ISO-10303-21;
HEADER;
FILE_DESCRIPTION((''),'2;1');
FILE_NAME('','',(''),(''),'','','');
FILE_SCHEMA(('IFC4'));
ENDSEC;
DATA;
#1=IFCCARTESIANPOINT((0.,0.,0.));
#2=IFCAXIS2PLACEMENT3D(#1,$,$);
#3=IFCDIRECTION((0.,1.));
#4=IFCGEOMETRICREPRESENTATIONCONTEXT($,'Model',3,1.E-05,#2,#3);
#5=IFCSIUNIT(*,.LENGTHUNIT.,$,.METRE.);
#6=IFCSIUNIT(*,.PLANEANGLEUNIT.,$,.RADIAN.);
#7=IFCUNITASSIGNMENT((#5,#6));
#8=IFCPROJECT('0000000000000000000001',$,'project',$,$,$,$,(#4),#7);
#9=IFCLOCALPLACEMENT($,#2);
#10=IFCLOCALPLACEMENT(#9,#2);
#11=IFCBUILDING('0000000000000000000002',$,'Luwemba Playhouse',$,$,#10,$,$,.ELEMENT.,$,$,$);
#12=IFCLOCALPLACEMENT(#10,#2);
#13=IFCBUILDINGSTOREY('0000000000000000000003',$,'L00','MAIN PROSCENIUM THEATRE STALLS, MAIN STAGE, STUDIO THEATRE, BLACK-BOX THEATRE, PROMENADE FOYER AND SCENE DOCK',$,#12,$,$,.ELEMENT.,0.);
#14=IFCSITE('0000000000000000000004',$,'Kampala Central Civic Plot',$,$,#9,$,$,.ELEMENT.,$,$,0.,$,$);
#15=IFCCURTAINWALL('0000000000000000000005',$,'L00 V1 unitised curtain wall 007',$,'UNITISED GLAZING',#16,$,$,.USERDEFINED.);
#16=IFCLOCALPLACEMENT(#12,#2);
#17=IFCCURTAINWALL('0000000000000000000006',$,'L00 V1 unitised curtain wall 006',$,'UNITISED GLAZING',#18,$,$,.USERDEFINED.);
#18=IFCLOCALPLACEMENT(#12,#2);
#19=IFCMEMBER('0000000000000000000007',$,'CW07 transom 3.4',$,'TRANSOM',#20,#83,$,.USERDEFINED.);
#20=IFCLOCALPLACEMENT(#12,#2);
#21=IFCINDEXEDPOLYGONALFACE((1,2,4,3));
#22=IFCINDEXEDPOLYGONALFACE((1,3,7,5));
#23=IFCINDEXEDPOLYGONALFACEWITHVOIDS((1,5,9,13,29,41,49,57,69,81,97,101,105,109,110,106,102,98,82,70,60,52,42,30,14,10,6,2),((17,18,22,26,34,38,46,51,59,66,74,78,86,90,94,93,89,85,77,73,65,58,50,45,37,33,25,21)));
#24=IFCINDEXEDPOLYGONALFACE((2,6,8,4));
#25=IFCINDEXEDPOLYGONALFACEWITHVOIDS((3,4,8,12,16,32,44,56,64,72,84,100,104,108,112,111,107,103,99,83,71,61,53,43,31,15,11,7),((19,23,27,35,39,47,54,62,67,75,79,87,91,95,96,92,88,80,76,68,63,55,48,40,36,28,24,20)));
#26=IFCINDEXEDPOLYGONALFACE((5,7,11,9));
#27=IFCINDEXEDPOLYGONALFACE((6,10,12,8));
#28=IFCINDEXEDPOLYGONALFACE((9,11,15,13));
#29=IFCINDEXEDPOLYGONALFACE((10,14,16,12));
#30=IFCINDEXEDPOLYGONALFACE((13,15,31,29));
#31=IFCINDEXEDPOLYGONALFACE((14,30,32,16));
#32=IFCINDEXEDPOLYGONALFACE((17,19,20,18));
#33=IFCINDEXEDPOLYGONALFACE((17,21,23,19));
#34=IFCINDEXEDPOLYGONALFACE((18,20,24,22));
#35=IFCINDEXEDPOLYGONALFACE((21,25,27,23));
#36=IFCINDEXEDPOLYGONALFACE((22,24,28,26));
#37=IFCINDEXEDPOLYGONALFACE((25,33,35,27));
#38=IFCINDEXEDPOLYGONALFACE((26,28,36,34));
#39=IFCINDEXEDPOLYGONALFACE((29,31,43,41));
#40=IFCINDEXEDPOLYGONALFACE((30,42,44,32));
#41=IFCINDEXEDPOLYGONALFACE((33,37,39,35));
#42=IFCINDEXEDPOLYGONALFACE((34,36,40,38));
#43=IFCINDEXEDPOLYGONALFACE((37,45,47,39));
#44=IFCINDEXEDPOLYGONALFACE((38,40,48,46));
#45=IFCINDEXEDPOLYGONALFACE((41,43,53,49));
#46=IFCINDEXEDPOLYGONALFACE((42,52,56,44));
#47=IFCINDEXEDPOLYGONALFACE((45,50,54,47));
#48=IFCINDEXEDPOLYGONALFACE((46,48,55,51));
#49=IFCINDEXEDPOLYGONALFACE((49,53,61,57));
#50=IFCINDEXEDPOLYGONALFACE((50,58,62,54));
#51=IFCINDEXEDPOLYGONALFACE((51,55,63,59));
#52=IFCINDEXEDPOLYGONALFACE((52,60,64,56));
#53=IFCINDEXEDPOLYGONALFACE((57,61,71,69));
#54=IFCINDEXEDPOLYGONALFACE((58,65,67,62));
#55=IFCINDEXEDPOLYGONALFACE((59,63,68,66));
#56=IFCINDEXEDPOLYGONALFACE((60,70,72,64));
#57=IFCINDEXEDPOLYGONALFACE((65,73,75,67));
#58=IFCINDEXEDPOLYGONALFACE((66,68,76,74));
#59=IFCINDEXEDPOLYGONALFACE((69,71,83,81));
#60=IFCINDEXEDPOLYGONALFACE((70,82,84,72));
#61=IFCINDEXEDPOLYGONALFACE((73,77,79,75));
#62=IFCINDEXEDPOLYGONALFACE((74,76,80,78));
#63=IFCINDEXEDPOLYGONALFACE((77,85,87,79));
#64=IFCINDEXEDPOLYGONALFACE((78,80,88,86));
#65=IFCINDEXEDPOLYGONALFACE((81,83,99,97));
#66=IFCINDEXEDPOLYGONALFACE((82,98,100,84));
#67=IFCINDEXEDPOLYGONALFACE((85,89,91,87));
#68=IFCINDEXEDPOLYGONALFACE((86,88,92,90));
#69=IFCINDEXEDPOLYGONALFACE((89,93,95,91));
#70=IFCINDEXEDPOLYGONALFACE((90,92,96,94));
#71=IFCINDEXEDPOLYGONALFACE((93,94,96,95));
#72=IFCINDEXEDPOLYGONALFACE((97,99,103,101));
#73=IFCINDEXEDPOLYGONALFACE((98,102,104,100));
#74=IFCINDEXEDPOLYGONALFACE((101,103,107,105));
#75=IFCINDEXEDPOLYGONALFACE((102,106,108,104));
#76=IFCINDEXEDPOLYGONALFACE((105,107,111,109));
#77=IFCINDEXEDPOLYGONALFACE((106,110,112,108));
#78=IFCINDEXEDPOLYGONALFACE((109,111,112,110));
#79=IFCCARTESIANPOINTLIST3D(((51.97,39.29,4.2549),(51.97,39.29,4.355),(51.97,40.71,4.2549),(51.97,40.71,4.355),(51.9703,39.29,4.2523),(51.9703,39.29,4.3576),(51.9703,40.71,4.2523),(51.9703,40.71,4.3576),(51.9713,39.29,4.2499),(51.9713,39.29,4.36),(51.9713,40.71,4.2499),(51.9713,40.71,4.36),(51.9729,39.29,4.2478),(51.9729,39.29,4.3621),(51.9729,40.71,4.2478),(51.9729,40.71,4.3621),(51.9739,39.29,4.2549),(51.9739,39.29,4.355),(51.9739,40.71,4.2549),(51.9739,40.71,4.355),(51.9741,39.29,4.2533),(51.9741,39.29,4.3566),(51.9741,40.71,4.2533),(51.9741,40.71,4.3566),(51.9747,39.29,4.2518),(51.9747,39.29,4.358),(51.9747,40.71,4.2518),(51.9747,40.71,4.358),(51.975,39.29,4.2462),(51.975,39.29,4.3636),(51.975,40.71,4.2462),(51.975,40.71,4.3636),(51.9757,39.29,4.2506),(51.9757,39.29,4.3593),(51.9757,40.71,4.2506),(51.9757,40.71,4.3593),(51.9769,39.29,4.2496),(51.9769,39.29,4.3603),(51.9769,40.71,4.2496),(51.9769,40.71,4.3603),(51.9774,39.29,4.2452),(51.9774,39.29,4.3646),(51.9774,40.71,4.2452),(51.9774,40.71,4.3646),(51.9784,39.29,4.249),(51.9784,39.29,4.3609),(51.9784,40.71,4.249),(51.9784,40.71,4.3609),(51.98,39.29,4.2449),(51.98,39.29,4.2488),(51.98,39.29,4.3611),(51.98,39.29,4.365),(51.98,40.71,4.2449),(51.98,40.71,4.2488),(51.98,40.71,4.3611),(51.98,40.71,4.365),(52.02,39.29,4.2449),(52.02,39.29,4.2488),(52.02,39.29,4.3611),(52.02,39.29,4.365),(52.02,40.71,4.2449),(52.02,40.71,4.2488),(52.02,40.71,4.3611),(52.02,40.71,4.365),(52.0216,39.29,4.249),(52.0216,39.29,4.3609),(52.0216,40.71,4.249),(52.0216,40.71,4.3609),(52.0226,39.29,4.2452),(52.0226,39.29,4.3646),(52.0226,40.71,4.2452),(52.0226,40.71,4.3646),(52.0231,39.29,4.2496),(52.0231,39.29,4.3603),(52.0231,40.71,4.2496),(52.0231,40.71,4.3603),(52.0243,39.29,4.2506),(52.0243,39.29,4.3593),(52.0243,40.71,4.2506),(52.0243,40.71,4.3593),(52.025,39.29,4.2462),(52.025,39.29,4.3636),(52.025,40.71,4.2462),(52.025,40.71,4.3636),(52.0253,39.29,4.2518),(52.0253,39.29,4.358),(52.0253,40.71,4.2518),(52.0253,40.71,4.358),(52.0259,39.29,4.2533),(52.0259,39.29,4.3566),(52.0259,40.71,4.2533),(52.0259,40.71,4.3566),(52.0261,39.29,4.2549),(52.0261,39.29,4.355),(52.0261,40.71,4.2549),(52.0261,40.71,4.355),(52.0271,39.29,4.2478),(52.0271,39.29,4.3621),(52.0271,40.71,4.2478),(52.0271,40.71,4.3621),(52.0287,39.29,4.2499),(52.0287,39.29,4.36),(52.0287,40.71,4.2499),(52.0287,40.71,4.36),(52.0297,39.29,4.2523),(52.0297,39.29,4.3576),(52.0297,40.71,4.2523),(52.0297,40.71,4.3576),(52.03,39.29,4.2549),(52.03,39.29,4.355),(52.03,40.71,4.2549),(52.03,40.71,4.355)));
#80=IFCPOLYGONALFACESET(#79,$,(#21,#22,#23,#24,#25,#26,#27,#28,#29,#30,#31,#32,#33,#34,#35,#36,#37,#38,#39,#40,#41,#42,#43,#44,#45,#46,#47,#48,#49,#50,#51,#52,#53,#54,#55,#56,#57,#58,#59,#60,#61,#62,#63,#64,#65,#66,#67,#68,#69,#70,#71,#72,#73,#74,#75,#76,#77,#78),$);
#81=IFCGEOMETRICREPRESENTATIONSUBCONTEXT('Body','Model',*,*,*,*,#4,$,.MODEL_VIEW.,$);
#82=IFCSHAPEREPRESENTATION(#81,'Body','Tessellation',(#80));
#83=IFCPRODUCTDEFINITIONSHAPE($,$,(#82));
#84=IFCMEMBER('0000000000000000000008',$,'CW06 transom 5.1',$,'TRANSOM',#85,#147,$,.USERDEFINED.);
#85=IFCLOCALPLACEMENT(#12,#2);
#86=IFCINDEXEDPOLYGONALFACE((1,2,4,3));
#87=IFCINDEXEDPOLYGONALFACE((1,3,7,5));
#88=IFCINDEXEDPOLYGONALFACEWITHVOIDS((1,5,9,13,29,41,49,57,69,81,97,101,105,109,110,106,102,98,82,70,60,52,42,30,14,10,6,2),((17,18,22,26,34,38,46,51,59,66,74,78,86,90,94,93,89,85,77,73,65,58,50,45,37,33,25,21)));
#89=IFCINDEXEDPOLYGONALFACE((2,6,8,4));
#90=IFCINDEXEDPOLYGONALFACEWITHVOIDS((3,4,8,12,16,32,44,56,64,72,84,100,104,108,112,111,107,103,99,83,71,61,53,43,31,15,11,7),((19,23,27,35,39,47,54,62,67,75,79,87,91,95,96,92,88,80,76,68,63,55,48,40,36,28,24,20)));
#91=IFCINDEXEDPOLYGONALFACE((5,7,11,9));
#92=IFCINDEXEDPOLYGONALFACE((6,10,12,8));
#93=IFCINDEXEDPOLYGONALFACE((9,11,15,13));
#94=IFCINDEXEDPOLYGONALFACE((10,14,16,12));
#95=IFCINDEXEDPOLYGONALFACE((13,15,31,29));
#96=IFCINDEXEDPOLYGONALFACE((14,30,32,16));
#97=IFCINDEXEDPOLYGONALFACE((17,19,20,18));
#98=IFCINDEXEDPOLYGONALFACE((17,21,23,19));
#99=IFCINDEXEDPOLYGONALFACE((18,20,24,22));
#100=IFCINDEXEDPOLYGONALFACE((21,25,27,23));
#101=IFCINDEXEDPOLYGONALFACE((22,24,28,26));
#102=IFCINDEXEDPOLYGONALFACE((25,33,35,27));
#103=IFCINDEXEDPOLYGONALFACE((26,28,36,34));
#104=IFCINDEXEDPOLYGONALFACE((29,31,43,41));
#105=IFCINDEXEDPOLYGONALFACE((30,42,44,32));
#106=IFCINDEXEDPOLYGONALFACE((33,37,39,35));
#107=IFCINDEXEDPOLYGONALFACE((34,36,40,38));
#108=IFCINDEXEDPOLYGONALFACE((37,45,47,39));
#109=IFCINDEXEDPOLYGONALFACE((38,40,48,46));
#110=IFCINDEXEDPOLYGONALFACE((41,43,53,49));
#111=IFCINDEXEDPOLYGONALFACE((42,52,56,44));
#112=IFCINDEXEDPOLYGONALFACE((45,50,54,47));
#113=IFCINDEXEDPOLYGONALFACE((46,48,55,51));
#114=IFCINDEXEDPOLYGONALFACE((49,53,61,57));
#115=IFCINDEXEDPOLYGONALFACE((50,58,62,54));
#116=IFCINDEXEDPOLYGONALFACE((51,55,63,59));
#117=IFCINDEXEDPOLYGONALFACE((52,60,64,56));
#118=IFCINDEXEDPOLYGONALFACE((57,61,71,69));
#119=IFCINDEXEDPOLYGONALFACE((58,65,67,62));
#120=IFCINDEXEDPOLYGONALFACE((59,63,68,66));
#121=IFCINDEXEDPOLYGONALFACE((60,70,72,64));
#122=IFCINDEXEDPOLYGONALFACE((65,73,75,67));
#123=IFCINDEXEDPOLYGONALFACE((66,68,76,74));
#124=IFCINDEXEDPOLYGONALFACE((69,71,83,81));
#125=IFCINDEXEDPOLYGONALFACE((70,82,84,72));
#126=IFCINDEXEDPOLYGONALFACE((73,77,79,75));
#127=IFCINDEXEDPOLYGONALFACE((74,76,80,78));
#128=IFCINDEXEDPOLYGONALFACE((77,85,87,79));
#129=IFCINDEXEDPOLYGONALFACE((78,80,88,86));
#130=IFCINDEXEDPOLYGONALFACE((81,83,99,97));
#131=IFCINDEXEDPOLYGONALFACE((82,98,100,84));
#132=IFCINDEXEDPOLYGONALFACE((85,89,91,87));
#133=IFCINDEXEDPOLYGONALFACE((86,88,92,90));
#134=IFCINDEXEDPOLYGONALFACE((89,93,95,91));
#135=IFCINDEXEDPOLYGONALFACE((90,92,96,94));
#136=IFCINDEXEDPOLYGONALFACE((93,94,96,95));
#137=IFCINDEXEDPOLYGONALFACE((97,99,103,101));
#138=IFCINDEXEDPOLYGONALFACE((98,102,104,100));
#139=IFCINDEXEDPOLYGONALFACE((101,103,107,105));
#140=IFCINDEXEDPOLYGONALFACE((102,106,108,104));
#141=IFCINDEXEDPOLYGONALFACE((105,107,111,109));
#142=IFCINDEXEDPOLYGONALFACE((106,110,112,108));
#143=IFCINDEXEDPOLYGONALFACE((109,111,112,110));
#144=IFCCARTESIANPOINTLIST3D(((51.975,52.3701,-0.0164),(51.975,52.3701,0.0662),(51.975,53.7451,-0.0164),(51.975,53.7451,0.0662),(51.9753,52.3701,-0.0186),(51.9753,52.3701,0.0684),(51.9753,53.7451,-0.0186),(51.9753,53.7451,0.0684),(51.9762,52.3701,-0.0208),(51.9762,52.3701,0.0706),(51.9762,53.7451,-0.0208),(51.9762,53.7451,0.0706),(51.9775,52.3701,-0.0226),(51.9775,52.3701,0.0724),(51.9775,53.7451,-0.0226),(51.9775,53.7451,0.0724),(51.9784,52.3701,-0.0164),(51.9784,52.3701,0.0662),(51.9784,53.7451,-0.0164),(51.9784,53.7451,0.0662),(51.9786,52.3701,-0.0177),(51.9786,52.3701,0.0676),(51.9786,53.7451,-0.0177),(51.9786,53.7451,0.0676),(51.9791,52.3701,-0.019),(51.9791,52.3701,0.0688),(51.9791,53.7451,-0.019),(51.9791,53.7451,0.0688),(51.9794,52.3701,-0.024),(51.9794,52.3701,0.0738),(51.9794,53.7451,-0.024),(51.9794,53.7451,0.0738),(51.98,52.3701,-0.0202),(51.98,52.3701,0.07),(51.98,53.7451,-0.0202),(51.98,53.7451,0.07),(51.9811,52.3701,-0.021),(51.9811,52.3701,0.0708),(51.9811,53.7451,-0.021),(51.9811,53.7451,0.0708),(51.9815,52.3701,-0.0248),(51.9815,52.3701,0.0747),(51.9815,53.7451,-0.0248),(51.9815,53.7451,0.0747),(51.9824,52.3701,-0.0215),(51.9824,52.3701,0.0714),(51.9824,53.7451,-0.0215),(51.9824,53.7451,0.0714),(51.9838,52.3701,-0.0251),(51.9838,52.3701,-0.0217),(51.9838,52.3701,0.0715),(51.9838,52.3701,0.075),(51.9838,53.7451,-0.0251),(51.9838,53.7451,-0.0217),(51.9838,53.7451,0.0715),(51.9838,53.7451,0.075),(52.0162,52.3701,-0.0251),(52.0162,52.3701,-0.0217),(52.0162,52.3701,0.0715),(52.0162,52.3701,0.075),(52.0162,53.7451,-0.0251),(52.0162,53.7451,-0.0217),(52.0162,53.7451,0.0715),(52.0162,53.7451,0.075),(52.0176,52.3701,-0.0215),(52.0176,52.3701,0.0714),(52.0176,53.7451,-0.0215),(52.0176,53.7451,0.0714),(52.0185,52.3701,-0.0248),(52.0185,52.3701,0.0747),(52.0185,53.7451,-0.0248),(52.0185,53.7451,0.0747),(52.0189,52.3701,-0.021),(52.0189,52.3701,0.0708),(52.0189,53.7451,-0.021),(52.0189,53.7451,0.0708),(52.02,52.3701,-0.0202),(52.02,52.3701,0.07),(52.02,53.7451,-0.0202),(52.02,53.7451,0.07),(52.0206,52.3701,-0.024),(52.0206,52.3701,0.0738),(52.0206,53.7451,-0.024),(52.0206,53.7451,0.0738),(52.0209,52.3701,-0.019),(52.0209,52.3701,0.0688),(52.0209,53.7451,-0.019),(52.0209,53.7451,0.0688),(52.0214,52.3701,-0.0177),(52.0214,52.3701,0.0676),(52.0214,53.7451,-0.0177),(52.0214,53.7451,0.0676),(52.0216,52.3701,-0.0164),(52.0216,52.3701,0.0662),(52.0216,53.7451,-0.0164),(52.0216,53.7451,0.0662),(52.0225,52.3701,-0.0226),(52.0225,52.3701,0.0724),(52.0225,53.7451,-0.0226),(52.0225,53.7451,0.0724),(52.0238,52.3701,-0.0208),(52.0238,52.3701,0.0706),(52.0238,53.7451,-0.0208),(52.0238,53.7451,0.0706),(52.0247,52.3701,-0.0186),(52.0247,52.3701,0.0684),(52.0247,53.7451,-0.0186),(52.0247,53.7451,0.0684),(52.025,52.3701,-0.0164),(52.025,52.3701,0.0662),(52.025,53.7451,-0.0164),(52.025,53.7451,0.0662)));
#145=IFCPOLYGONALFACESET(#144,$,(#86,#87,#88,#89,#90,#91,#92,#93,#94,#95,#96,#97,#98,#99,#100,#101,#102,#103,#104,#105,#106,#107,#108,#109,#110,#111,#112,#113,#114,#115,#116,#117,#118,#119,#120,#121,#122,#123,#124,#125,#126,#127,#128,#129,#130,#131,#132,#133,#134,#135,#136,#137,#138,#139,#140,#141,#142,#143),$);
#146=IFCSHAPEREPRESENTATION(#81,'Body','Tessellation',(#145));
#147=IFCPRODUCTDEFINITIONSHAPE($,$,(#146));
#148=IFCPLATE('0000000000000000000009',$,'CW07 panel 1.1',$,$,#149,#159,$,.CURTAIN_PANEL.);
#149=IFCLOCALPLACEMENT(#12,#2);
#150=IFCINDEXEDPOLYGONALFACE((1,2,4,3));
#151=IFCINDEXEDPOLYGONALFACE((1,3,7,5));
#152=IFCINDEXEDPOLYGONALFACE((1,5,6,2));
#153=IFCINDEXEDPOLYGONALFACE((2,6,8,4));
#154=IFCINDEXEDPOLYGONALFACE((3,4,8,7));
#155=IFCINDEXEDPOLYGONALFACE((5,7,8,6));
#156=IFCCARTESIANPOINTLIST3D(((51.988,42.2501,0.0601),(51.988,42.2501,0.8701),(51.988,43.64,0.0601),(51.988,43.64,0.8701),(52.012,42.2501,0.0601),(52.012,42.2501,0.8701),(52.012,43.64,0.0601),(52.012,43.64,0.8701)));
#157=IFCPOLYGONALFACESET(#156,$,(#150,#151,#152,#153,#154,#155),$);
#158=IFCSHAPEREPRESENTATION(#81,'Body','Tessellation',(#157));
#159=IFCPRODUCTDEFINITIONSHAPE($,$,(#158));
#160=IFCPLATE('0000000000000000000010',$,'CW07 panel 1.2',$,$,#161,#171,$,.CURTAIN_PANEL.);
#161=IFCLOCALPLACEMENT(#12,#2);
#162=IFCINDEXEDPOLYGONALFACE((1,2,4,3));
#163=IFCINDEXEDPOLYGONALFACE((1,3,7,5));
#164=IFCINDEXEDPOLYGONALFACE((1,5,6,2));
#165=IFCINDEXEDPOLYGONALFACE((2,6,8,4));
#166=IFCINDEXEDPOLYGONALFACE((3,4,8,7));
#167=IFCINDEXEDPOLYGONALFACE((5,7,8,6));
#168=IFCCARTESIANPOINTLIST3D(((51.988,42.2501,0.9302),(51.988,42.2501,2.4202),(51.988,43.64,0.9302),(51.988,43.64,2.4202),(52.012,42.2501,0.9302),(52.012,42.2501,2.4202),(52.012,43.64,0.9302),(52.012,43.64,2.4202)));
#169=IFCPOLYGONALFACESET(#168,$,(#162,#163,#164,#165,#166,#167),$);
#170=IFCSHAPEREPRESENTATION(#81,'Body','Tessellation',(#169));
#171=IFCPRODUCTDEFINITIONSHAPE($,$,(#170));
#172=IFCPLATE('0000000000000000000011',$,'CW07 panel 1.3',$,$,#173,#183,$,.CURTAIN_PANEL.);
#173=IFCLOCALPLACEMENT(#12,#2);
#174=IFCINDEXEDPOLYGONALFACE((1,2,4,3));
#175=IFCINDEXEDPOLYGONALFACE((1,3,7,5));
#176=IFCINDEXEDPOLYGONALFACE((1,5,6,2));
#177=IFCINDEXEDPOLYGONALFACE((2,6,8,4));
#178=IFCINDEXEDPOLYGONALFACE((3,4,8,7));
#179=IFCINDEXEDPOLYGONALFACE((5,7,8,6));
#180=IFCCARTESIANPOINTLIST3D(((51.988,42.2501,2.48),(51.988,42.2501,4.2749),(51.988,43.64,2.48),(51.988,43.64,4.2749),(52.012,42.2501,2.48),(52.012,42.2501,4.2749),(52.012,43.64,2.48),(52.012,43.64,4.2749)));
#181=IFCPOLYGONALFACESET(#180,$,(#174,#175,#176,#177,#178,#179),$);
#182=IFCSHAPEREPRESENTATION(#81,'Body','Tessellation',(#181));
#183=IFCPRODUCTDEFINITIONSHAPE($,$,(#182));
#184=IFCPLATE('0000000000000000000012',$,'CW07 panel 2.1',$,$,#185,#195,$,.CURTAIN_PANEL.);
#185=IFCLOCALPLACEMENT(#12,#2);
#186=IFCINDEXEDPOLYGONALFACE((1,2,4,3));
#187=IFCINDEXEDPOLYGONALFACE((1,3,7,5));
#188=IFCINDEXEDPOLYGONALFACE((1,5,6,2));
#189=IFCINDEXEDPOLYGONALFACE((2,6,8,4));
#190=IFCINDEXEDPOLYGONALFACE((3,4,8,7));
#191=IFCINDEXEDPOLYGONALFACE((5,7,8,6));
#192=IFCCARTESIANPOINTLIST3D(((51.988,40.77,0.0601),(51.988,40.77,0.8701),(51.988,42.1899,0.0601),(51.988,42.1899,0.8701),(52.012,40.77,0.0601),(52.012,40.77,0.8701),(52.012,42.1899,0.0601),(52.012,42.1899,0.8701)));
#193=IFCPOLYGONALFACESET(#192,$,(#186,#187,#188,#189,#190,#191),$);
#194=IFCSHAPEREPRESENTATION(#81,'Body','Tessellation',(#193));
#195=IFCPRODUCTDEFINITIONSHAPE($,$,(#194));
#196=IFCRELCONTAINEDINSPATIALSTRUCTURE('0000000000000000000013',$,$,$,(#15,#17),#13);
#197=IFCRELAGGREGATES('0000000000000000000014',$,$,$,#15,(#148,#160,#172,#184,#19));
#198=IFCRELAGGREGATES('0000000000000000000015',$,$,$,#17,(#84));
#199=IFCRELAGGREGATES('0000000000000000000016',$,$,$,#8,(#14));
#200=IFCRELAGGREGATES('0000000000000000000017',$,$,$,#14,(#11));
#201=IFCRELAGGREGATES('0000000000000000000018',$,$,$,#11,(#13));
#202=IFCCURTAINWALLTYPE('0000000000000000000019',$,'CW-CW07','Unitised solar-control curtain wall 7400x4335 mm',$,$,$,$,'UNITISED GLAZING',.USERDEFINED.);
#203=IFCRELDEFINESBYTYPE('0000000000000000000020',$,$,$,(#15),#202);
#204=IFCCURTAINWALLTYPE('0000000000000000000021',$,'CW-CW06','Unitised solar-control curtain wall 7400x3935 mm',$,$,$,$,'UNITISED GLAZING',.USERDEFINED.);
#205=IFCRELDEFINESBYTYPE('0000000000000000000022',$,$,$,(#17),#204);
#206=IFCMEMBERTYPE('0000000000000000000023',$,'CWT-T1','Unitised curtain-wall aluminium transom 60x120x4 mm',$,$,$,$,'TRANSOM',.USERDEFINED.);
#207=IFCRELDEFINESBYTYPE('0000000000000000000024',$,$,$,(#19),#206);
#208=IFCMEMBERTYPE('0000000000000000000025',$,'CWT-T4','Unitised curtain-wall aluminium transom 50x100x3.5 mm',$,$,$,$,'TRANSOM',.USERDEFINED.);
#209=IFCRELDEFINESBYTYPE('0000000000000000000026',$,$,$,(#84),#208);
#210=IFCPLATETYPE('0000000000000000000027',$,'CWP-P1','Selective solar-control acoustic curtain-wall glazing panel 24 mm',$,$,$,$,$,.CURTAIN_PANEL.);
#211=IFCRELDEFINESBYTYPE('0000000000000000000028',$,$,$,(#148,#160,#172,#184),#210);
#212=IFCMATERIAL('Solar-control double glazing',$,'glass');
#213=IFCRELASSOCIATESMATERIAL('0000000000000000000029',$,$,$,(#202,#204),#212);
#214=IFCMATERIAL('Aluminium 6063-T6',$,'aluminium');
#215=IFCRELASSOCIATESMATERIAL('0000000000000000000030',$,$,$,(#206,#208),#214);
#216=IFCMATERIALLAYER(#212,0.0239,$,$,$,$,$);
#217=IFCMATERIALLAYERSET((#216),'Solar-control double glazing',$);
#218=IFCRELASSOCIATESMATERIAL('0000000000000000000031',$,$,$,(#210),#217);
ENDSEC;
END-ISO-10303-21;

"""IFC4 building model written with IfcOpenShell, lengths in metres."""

from ifc_helpers import new_model, si_unit, direction, frame, origin, origin_2d, place, context, subcontext, project, spatial, rectangle, hollow_rectangle, extrude, material, layer, layer_set, material_profile, profile_set, type_object, element, aggregate, save


model = new_model("IFC4")

# Units and contexts
model_context = context("Model", 3, precision=1e-05, world=origin(), true_north=direction((0.0, 1.0)))
body_context = subcontext(model_context, "Body", "Model", "MODEL_VIEW")
ifc_project = project(units=[si_unit("LENGTHUNIT", "METRE"), si_unit("PLANEANGLEUNIT", "RADIAN")], contexts=[model_context])

# Site, building, storey
site_placement = place(None, origin())
site = spatial("IfcSite", under=ifc_project, at=site_placement, Name="Kampala Central Civic Plot", CompositionType="ELEMENT", RefElevation=0.0)
building_placement = place(site_placement, origin())
building = spatial("IfcBuilding", under=site, at=building_placement, Name="Luwemba Playhouse", CompositionType="ELEMENT")
storey_placement = place(building_placement, origin())
storey = spatial("IfcBuildingStorey", under=building, at=storey_placement, Name="L00", Description="MAIN PROSCENIUM THEATRE STALLS, MAIN STAGE, STUDIO THEATRE, BLACK-BOX THEATRE, PROMENADE FOYER AND SCENE DOCK", CompositionType="ELEMENT", Elevation=0.0)

# Curtain wall
ifc_material_1 = material(Name="Solar-control double glazing", Category="glass")
curtain_wall_type_1 = type_object("IfcCurtainWallType", Name="CW-CW07", Description="Unitised solar-control curtain wall 7400x4335 mm", ElementType="UNITISED GLAZING", PredefinedType="USERDEFINED", material=ifc_material_1)
curtain_wall_1_placement = place(storey_placement, origin())
curtain_wall_1 = element("IfcCurtainWall", 1, at=curtain_wall_1_placement, inside=storey, type_object=curtain_wall_type_1, Name="L00 V1 unitised curtain wall 007", ObjectType="UNITISED GLAZING", PredefinedType="USERDEFINED")
ifc_material_2 = material(Name="Aluminium 6063-T6", Category="aluminium")

# Curtain wall
curtain_wall_type_2 = type_object("IfcCurtainWallType", Name="CW-CW06", Description="Unitised solar-control curtain wall 7400x3935 mm", ElementType="UNITISED GLAZING", PredefinedType="USERDEFINED", material=ifc_material_1)
curtain_wall_2_placement = place(storey_placement, origin())
curtain_wall_2 = element("IfcCurtainWall", 2, at=curtain_wall_2_placement, inside=storey, type_object=curtain_wall_type_2, Name="L00 V1 unitised curtain wall 006", ObjectType="UNITISED GLAZING", PredefinedType="USERDEFINED")

# Members
ifc_material_profile_1 = material_profile(ifc_material_2, hollow_rectangle(XDim=0.0601, YDim=0.1201, WallThickness=0.0039, InnerFilletRadius=0.0061, OuterFilletRadius=0.01, at=origin_2d()))
ifc_profile_set_1 = profile_set([ifc_material_profile_1], Name="Aluminium 6063-T6")
member_type_1 = type_object("IfcMemberType", Name="CWT-T1", Description="Unitised curtain-wall aluminium transom 60x120x4 mm", ElementType="TRANSOM", PredefinedType="USERDEFINED", material=ifc_profile_set_1)
member_1_placement = place(storey_placement, frame((52.0, 40.71, 4.3049), z_axis=(0.0, -1.0, 0.0), x_axis=(1.0, 0.0, 0.0)))
member_1 = element("IfcMember", 3, at=member_1_placement, type_object=member_type_1, Name="CW07 transom 3.4", ObjectType="TRANSOM", PredefinedType="USERDEFINED", context=body_context, shape_type="SweptSolid", body=[
    extrude(hollow_rectangle(XDim=0.0601, YDim=0.1201, WallThickness=0.0039, InnerFilletRadius=0.0061, OuterFilletRadius=0.01, at=origin_2d()), origin(), (0.0, 0.0, 1.0), 1.4199),
])
ifc_material_profile_2 = material_profile(ifc_material_2, hollow_rectangle(XDim=0.05, YDim=0.1001, WallThickness=0.0034, InnerFilletRadius=0.0054, OuterFilletRadius=0.0088, at=origin_2d()))
ifc_profile_set_2 = profile_set([ifc_material_profile_2], Name="Aluminium 6063-T6")
member_type_2 = type_object("IfcMemberType", Name="CWT-T4", Description="Unitised curtain-wall aluminium transom 50x100x3.5 mm", ElementType="TRANSOM", PredefinedType="USERDEFINED", material=ifc_profile_set_2)
member_2_placement = place(storey_placement, frame((52.0, 53.7451, 0.0249), z_axis=(0.0, -1.0, 0.0), x_axis=(1.0, 0.0, 0.0)))
member_2 = element("IfcMember", 4, at=member_2_placement, type_object=member_type_2, Name="CW06 transom 5.1", ObjectType="TRANSOM", PredefinedType="USERDEFINED", context=body_context, shape_type="SweptSolid", body=[
    extrude(hollow_rectangle(XDim=0.05, YDim=0.1001, WallThickness=0.0034, InnerFilletRadius=0.0054, OuterFilletRadius=0.0088, at=origin_2d()), origin(), (0.0, 0.0, 1.0), 1.375),
])

# Plates
ifc_layer_1 = layer(ifc_material_1, 0.0239)
ifc_layer_set_1 = layer_set([ifc_layer_1], Name="Solar-control double glazing")
plate_type_1 = type_object("IfcPlateType", Name="CWP-P1", Description="Selective solar-control acoustic curtain-wall glazing panel 24 mm", PredefinedType="CURTAIN_PANEL", material=ifc_layer_set_1)
plate_1_placement = place(storey_placement, frame((52.0, 42.9451, 0.0601), z_axis=(0.0, 0.0, 1.0), x_axis=(0.0, -1.0, 0.0)))
plate_1 = element("IfcPlate", 5, at=plate_1_placement, type_object=plate_type_1, Name="CW07 panel 1.1", PredefinedType="CURTAIN_PANEL", context=body_context, shape_type="SweptSolid", body=[
    extrude(rectangle(XDim=1.3899, YDim=0.0239, at=origin_2d()), origin(), (0.0, 0.0, 1.0), 0.8101),
])
plate_2_placement = place(storey_placement, frame((52.0, 42.9451, 0.9302), z_axis=(0.0, 0.0, 1.0), x_axis=(0.0, -1.0, 0.0)))
plate_2 = element("IfcPlate", 6, at=plate_2_placement, type_object=plate_type_1, Name="CW07 panel 1.2", PredefinedType="CURTAIN_PANEL", context=body_context, shape_type="SweptSolid", body=[
    extrude(rectangle(XDim=1.3899, YDim=0.0239, at=origin_2d()), origin(), (0.0, 0.0, 1.0), 1.49),
])
plate_3_placement = place(storey_placement, frame((52.0, 42.9451, 2.48), z_axis=(0.0, 0.0, 1.0), x_axis=(0.0, -1.0, 0.0)))
plate_3 = element("IfcPlate", 7, at=plate_3_placement, type_object=plate_type_1, Name="CW07 panel 1.3", PredefinedType="CURTAIN_PANEL", context=body_context, shape_type="SweptSolid", body=[
    extrude(rectangle(XDim=1.3899, YDim=0.0239, at=origin_2d()), origin(), (0.0, 0.0, 1.0), 1.7949),
])
plate_4_placement = place(storey_placement, frame((52.0, 41.48, 0.0601), z_axis=(0.0, 0.0, 1.0), x_axis=(0.0, -1.0, 0.0)))
plate_4 = element("IfcPlate", 8, at=plate_4_placement, type_object=plate_type_1, Name="CW07 panel 2.1", PredefinedType="CURTAIN_PANEL", context=body_context, shape_type="SweptSolid", body=[
    extrude(rectangle(XDim=1.4199, YDim=0.0239, at=origin_2d()), origin(), (0.0, 0.0, 1.0), 0.8101),
])
aggregate(curtain_wall_1, [plate_1, plate_2, plate_3, plate_4, member_1])
aggregate(curtain_wall_2, [member_2])

save(model, "model.ifc")
